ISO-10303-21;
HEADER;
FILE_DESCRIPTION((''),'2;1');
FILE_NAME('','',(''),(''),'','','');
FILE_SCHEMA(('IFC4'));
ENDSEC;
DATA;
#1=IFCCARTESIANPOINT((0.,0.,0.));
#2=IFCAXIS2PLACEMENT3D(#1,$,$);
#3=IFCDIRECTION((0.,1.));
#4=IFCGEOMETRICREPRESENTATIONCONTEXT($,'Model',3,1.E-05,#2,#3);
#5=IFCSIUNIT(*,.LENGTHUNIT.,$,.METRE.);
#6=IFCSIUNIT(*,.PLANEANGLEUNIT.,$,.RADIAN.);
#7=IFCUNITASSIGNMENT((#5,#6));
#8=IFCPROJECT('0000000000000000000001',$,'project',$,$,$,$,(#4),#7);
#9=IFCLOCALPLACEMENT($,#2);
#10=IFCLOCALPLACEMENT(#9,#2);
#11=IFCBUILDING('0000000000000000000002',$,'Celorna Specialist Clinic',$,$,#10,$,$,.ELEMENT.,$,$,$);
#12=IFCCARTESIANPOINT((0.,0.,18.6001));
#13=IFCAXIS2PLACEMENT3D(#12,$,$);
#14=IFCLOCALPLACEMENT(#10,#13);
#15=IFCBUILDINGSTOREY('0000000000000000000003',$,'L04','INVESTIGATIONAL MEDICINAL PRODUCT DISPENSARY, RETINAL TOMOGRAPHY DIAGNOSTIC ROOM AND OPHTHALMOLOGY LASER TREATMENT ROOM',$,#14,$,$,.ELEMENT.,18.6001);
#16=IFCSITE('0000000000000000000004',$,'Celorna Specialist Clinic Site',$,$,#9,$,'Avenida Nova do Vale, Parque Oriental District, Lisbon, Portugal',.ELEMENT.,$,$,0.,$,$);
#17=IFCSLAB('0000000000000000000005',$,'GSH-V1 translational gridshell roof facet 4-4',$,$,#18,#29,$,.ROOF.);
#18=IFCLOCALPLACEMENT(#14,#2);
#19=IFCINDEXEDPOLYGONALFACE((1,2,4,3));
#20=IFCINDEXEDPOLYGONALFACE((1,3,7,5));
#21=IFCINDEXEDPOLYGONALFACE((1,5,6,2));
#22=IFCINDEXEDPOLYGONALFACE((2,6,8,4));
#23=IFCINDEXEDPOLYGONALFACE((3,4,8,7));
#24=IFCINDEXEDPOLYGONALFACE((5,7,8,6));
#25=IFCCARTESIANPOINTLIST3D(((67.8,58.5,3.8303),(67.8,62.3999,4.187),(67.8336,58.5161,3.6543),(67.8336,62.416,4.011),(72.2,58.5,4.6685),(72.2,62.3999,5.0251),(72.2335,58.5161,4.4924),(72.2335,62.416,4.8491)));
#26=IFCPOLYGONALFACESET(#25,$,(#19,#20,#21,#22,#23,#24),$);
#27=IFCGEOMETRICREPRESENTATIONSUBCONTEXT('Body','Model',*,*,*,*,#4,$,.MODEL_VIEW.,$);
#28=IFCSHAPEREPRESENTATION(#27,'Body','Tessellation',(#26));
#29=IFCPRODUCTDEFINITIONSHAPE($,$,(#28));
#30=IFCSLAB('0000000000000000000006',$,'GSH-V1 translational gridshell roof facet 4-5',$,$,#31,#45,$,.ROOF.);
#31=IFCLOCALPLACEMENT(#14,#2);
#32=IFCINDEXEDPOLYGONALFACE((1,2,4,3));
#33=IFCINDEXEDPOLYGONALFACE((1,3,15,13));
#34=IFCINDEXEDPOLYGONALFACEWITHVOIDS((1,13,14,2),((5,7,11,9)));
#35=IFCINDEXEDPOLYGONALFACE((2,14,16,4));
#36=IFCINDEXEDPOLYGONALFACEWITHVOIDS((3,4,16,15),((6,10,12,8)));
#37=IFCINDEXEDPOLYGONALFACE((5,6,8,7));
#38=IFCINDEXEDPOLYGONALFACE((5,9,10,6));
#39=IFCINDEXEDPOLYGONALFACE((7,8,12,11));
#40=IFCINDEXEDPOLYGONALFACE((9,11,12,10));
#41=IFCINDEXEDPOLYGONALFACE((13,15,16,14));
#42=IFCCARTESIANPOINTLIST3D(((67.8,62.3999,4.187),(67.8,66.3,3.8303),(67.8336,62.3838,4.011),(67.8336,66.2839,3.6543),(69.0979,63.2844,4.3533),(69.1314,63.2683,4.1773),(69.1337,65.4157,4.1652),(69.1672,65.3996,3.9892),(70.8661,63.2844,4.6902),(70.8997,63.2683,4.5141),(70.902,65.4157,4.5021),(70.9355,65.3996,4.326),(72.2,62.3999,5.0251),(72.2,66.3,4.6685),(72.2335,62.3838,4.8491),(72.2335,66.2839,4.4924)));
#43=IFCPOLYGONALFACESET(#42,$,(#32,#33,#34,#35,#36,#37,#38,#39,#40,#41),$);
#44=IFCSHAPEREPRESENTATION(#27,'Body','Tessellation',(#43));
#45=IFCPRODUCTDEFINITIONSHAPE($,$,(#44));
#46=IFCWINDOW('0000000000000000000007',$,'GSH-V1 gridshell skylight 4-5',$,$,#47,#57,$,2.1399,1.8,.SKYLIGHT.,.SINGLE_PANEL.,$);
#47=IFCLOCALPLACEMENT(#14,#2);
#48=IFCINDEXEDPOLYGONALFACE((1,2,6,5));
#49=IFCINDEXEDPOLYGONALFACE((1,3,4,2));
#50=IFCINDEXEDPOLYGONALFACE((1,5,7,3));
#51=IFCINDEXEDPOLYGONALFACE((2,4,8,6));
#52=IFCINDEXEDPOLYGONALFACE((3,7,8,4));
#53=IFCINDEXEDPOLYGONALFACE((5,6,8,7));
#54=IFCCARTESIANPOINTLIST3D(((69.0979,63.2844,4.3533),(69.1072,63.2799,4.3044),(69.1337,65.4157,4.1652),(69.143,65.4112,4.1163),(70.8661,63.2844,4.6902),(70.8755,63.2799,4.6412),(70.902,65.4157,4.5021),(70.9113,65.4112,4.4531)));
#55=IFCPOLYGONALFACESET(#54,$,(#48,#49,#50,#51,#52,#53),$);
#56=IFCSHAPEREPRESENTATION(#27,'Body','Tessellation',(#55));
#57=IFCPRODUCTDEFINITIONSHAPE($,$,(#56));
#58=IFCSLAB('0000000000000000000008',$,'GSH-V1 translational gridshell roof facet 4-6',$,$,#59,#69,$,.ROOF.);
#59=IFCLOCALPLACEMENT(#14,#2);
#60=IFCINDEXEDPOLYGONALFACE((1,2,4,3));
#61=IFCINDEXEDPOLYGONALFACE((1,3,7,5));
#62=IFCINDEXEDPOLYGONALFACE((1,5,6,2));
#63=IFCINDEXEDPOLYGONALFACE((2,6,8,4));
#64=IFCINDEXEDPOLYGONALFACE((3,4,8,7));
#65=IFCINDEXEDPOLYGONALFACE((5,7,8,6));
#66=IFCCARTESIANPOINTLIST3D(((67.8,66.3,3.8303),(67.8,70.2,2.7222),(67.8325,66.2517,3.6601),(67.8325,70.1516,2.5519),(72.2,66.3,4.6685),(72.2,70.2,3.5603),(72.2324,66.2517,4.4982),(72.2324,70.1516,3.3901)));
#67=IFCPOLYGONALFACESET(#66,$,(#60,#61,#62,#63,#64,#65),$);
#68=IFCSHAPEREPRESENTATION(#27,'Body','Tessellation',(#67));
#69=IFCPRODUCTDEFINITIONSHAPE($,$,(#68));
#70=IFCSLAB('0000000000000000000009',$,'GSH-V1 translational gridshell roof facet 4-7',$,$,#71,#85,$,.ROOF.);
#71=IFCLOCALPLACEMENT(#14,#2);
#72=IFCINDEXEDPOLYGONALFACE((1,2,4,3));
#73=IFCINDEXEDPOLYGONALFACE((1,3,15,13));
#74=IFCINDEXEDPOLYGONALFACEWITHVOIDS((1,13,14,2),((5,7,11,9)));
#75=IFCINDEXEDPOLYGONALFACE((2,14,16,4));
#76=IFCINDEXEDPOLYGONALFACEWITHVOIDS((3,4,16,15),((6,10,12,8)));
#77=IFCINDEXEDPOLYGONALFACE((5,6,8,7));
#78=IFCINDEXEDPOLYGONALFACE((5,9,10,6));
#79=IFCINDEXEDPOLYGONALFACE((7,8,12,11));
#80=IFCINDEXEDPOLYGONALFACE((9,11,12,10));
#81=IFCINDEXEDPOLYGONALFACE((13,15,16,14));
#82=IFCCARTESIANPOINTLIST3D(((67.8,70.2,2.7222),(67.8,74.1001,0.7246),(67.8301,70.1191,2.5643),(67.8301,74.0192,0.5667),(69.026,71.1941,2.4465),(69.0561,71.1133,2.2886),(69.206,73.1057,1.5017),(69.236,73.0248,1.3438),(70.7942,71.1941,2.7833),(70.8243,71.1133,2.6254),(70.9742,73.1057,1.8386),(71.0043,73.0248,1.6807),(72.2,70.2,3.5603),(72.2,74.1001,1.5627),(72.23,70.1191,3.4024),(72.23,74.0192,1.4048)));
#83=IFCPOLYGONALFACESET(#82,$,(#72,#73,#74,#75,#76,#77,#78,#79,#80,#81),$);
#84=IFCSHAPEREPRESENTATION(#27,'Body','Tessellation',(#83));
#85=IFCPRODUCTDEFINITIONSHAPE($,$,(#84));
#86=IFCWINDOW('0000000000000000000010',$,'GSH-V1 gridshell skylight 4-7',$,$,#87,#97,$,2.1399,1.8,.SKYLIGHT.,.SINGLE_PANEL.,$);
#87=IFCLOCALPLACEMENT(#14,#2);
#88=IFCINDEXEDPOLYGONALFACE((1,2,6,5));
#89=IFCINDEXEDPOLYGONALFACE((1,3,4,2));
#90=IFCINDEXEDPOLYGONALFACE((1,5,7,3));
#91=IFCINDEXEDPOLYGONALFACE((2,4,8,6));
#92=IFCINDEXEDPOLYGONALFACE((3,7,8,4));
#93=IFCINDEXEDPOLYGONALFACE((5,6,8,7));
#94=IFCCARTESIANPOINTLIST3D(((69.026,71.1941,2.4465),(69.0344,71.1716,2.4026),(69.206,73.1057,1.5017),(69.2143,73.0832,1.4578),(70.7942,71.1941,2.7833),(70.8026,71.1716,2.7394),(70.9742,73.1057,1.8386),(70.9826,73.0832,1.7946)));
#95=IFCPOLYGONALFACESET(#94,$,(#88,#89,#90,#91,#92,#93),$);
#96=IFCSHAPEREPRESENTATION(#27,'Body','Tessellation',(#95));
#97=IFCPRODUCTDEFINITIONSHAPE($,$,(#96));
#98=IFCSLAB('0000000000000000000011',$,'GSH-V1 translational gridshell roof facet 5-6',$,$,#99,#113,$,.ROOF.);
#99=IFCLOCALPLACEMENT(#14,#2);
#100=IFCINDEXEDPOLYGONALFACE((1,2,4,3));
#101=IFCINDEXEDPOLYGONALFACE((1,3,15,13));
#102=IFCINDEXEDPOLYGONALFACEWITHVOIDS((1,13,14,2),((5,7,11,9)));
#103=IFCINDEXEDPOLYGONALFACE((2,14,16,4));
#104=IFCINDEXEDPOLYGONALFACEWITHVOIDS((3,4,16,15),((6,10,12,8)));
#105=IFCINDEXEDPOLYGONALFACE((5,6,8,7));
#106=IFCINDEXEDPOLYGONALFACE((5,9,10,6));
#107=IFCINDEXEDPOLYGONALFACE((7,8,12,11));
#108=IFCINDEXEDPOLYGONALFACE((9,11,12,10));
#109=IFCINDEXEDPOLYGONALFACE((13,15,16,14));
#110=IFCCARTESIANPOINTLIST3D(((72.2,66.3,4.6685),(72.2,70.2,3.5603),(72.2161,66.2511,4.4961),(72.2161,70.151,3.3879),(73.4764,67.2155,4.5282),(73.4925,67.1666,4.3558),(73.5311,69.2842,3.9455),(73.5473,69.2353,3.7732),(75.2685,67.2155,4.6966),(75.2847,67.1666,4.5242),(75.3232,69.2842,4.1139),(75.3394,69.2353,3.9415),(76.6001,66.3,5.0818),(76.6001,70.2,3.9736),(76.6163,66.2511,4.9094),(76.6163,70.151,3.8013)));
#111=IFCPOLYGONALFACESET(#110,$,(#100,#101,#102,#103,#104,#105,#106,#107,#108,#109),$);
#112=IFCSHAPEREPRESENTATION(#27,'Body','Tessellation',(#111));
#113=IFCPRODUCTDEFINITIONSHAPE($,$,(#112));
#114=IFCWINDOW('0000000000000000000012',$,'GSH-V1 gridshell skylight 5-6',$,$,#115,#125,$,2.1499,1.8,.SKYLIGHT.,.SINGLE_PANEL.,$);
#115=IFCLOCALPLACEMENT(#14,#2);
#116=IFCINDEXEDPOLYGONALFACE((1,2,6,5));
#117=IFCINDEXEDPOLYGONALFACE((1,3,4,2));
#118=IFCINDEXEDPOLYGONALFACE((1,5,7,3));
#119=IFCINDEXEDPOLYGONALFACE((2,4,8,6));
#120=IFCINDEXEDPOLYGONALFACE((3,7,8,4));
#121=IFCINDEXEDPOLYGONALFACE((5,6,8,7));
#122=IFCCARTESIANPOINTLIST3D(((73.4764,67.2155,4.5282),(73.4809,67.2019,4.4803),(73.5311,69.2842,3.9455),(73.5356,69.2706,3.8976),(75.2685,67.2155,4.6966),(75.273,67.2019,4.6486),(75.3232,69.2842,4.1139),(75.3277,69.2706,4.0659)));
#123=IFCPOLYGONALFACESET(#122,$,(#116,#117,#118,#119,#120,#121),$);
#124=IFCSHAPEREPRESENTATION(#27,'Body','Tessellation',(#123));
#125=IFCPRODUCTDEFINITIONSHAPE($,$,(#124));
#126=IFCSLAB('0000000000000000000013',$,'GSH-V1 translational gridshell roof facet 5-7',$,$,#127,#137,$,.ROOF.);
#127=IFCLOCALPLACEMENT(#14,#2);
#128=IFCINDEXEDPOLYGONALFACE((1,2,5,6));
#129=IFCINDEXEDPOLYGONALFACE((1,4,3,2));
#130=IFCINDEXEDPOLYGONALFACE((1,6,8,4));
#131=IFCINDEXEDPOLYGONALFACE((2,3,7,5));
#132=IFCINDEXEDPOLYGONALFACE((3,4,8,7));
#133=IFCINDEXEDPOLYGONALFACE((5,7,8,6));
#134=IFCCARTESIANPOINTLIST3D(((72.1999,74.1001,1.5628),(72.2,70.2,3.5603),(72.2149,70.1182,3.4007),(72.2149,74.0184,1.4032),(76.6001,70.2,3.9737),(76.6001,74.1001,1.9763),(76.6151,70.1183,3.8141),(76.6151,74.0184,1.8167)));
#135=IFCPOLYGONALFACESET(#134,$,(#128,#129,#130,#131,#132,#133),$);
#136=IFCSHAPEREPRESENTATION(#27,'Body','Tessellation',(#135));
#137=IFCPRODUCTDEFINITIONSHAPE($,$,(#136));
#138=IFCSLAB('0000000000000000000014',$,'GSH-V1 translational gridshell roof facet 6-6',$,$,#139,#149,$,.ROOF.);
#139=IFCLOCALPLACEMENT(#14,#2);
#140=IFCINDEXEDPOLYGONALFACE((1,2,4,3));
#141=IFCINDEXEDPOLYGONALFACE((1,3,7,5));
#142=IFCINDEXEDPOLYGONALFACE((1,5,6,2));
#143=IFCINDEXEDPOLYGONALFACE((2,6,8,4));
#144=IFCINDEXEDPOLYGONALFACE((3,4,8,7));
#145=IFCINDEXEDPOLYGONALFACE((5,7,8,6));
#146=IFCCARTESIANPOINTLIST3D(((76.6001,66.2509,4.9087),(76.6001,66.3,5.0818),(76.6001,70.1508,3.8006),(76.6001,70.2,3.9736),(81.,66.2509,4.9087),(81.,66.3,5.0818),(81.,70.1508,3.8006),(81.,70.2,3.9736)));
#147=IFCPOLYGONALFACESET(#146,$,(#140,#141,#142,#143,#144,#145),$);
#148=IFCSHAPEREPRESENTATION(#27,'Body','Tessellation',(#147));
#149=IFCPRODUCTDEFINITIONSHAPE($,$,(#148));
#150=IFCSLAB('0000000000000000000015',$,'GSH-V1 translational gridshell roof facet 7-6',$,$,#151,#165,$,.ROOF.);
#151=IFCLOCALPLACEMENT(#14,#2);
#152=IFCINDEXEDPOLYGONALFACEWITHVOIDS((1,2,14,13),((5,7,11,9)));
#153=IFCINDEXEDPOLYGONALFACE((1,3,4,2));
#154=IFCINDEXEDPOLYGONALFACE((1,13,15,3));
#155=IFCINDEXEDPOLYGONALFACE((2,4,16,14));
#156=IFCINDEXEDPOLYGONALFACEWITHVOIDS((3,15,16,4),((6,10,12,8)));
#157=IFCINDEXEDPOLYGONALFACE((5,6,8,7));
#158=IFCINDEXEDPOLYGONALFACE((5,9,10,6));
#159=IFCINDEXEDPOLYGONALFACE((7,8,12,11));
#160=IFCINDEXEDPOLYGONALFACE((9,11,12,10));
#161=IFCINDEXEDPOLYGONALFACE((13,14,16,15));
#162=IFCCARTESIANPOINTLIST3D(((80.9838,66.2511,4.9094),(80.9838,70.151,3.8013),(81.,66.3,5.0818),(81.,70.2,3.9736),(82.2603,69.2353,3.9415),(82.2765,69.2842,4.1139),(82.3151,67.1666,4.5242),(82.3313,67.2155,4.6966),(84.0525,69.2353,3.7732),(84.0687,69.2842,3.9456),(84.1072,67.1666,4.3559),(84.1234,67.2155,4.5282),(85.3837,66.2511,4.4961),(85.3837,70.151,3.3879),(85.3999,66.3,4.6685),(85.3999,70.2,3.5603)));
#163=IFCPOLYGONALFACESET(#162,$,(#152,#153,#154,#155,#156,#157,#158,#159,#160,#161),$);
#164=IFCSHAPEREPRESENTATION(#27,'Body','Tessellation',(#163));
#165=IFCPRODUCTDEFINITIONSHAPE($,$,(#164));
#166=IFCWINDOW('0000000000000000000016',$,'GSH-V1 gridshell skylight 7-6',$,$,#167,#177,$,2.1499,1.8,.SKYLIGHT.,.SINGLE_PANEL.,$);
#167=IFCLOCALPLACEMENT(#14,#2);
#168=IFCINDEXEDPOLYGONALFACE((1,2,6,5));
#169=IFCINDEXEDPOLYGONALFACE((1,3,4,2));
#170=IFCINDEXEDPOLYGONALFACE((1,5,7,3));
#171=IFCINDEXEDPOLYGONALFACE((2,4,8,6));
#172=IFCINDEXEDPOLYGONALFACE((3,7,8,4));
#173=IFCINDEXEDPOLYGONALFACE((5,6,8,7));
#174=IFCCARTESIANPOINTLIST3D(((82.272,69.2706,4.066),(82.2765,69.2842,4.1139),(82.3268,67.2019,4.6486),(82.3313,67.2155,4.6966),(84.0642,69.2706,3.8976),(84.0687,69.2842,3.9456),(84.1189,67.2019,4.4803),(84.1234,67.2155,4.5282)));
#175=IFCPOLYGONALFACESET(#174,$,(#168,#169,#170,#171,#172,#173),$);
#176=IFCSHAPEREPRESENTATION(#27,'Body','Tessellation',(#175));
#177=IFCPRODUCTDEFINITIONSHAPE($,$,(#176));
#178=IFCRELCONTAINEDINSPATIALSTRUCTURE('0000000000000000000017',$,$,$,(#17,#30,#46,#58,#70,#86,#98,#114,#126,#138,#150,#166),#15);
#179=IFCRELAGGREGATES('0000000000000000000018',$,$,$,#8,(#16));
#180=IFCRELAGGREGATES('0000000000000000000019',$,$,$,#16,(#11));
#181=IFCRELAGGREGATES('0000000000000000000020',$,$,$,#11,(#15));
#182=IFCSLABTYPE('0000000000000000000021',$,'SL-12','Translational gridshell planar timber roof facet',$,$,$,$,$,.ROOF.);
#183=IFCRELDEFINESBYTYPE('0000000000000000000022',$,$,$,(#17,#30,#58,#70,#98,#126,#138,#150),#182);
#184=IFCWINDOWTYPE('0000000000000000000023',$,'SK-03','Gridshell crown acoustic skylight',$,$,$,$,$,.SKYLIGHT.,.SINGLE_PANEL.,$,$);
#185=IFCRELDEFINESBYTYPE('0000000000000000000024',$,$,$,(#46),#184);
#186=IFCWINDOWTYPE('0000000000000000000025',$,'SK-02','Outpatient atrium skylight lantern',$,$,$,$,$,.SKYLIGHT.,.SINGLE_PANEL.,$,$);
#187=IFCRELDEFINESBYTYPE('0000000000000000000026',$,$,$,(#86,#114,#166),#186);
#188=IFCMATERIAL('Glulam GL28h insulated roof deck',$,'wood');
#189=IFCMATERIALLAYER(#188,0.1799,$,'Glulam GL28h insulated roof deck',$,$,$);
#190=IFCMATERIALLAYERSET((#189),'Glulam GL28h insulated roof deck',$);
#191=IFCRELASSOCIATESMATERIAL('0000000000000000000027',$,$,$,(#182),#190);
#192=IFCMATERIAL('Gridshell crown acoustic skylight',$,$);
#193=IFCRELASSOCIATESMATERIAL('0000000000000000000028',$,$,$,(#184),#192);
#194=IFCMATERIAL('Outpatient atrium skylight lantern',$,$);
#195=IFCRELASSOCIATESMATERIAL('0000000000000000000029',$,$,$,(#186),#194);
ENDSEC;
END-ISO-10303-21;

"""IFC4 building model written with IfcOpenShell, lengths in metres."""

from ifc_helpers import new_model, si_unit, direction, frame, origin, origin_2d, place, context, subcontext, project, spatial, polyline, rectangle, outline, extrude, material, layer, layer_set, type_object, element, fill, save


model = new_model("IFC4")

# Units and contexts
model_context = context("Model", 3, precision=1e-05, world=origin(), true_north=direction((0.0, 1.0)))
body_context = subcontext(model_context, "Body", "Model", "MODEL_VIEW")
ifc_project = project(units=[si_unit("LENGTHUNIT", "METRE"), si_unit("PLANEANGLEUNIT", "RADIAN")], contexts=[model_context])

# Site, building, storey
site_placement = place(None, origin())
site = spatial("IfcSite", under=ifc_project, at=site_placement, Name="Celorna Specialist Clinic Site", LongName="Avenida Nova do Vale, Parque Oriental District, Lisbon, Portugal", CompositionType="ELEMENT", RefElevation=0.0)
building_placement = place(site_placement, origin())
building = spatial("IfcBuilding", under=site, at=building_placement, Name="Celorna Specialist Clinic", CompositionType="ELEMENT")
storey_placement = place(building_placement, frame((0.0, 0.0, 18.6001)))
storey = spatial("IfcBuildingStorey", under=building, at=storey_placement, Name="L04", Description="INVESTIGATIONAL MEDICINAL PRODUCT DISPENSARY, RETINAL TOMOGRAPHY DIAGNOSTIC ROOM AND OPHTHALMOLOGY LASER TREATMENT ROOM", CompositionType="ELEMENT", Elevation=18.6001)

# Slab
ifc_material_1 = material(Name="Glulam GL28h insulated roof deck", Category="wood")
ifc_layer_1 = layer(ifc_material_1, 0.1799, Name="Glulam GL28h insulated roof deck")
ifc_layer_set_1 = layer_set([ifc_layer_1], Name="Glulam GL28h insulated roof deck")
slab_type = type_object("IfcSlabType", Name="SL-12", Description="Translational gridshell planar timber roof facet", PredefinedType="ROOF", material=ifc_layer_set_1)
slab_1_placement = place(storey_placement, frame((67.8, 58.5, 3.8303), z_axis=(-0.186374, -0.089485, 0.978395), x_axis=(0.982336, 0.0, 0.187125)))
element("IfcSlab", 1, at=slab_1_placement, inside=storey, type_object=slab_type, Name="GSH-V1 translational gridshell roof facet 4-4", PredefinedType="ROOF", context=body_context, shape_type="SweptSolid", body=[
    extrude(outline(polyline([(0.0, 0.0), (4.479, 0.0), (4.5458, 3.9156), (0.0667, 3.9156), (0.0, 0.0)])), origin(), (0.0, 0.0, -1.0), 0.1799),
])

# Slab, opening, window
slab_2_placement = place(storey_placement, frame((67.8, 62.3999, 4.187), z_axis=(-0.186374, 0.08948, 0.978396), x_axis=(0.982336, 0.0, 0.187125)))
slab_2 = element("IfcSlab", 2, at=slab_2_placement, inside=storey, type_object=slab_type, Name="GSH-V1 translational gridshell roof facet 4-5", PredefinedType="ROOF", context=body_context, shape_type="SweptSolid", body=[
    extrude(outline(polyline([(0.0, 0.0), (4.479, 0.0), (4.4123, 3.9159), (-0.0667, 3.9159), (0.0, 0.0)])), origin(), (0.0, 0.0, -1.0), 0.1799),
])
opening_1_placement = place(slab_2_placement, frame((2.2061, 1.958, 0.01)))
opening_1 = element("IfcOpeningElement", 3, at=opening_1_placement, cuts=slab_2, PredefinedType="OPENING", context=body_context, shape_type="SweptSolid", body=[
    extrude(rectangle(XDim=1.8, YDim=2.1399, at=origin_2d()), origin(), (0.0, 0.0, -1.0), 0.2),
])
ifc_material_2 = material(Name="Gridshell crown acoustic skylight")
window_type_1 = type_object("IfcWindowType", Name="SK-03", Description="Gridshell crown acoustic skylight", PartitioningType="SINGLE_PANEL", PredefinedType="SKYLIGHT", material=ifc_material_2)
window_1_placement = place(opening_1_placement, frame((0.0, 0.0, -0.01)))
window_1 = element("IfcWindow", 4, at=window_1_placement, inside=storey, type_object=window_type_1, Name="GSH-V1 gridshell skylight 4-5", OverallHeight=2.1399, OverallWidth=1.8, PartitioningType="SINGLE_PANEL", PredefinedType="SKYLIGHT", context=body_context, shape_type="SweptSolid", body=[
    extrude(rectangle(XDim=1.8, YDim=2.1399, at=origin_2d()), origin(), (0.0, 0.0, -1.0), 0.05),
])
fill(opening_1, window_1)

# Slab
slab_3_placement = place(storey_placement, frame((67.8, 66.3, 3.8303), z_axis=(-0.180235, 0.268853, 0.946168), x_axis=(0.982336, 0.0, 0.187125)))
element("IfcSlab", 5, at=slab_3_placement, inside=storey, type_object=slab_type, Name="GSH-V1 translational gridshell roof facet 4-6", PredefinedType="ROOF", context=body_context, shape_type="SweptSolid", body=[
    extrude(outline(polyline([(0.0, 0.0), (4.479, 0.0), (4.2717, 4.049), (-0.2074, 4.049), (0.0, 0.0)])), origin(), (0.0, 0.0, -1.0), 0.1799),
])

# Slabs, openings, windows
slab_4_placement = place(storey_placement, frame((67.8, 70.2, 2.7222), z_axis=(-0.16716, 0.449448, 0.877527), x_axis=(0.982336, 0.0, 0.187125)))
slab_4 = element("IfcSlab", 6, at=slab_4_placement, inside=storey, type_object=slab_type, Name="GSH-V1 translational gridshell roof facet 4-7", PredefinedType="ROOF", context=body_context, shape_type="SweptSolid", body=[
    extrude(outline(polyline([(0.0, 0.0), (4.479, 0.0), (4.1052, 4.366), (-0.3738, 4.366), (0.0, 0.0)])), origin(), (0.0, 0.0, -1.0), 0.1799),
])
opening_2_placement = place(slab_4_placement, frame((2.0527, 2.1829, 0.01)))
opening_2 = element("IfcOpeningElement", 7, at=opening_2_placement, cuts=slab_4, PredefinedType="OPENING", context=body_context, shape_type="SweptSolid", body=[
    extrude(rectangle(XDim=1.8, YDim=2.1399, at=origin_2d()), origin(), (0.0, 0.0, -1.0), 0.2),
])
ifc_material_3 = material(Name="Outpatient atrium skylight lantern")
window_type_2 = type_object("IfcWindowType", Name="SK-02", Description="Outpatient atrium skylight lantern", PartitioningType="SINGLE_PANEL", PredefinedType="SKYLIGHT", material=ifc_material_3)
window_2_placement = place(opening_2_placement, frame((0.0, 0.0, -0.01)))
window_2 = element("IfcWindow", 8, at=window_2_placement, inside=storey, type_object=window_type_2, Name="GSH-V1 gridshell skylight 4-7", OverallHeight=2.1399, OverallWidth=1.8, PartitioningType="SINGLE_PANEL", PredefinedType="SKYLIGHT", context=body_context, shape_type="SweptSolid", body=[
    extrude(rectangle(XDim=1.8, YDim=2.1399, at=origin_2d()), origin(), (0.0, 0.0, -1.0), 0.05),
])
fill(opening_2, window_2)
slab_5_placement = place(storey_placement, frame((72.2, 66.3, 4.6685), z_axis=(-0.089992, 0.27222, 0.958018), x_axis=(0.995617, 0.0, 0.093524)))
slab_5 = element("IfcSlab", 9, at=slab_5_placement, inside=storey, type_object=slab_type, Name="GSH-V1 translational gridshell roof facet 5-6", PredefinedType="ROOF", context=body_context, shape_type="SweptSolid", body=[
    extrude(outline(polyline([(0.0, 0.0), (4.4195, 0.0), (4.3159, 4.053), (-0.1036, 4.053), (0.0, 0.0)])), origin(), (0.0, 0.0, -1.0), 0.1799),
])
opening_3_placement = place(slab_5_placement, frame((2.1577, 2.0264, 0.01)))
opening_3 = element("IfcOpeningElement", 10, at=opening_3_placement, cuts=slab_5, PredefinedType="OPENING", context=body_context, shape_type="SweptSolid", body=[
    extrude(rectangle(XDim=1.8, YDim=2.1499, at=origin_2d()), origin(), (0.0, 0.0, -1.0), 0.2),
])
window_3_placement = place(opening_3_placement, frame((0.0, 0.0, -0.01)))
window_3 = element("IfcWindow", 11, at=window_3_placement, inside=storey, type_object=window_type_2, Name="GSH-V1 gridshell skylight 5-6", OverallHeight=2.1499, OverallWidth=1.8, PartitioningType="SINGLE_PANEL", PredefinedType="SKYLIGHT", context=body_context, shape_type="SweptSolid", body=[
    extrude(rectangle(XDim=1.8, YDim=2.1499, at=origin_2d()), origin(), (0.0, 0.0, -1.0), 0.05),
])
fill(opening_3, window_3)

# Slabs
slab_6_placement = place(storey_placement, frame((72.2, 70.2, 3.5603), z_axis=(-0.083342, 0.454254, 0.886965), x_axis=(0.995615, 0.000011, 0.093546)))
element("IfcSlab", 12, at=slab_6_placement, inside=storey, type_object=slab_type, Name="GSH-V1 translational gridshell roof facet 5-7", PredefinedType="ROOF", context=body_context, shape_type="SweptSolid", body=[
    extrude(outline(polyline([(0.0, 0.0), (4.4195, 0.0), (4.2327, 4.3778), (-0.1868, 4.378), (0.0, 0.0)])), origin(), (0.0, 0.0, -1.0), 0.1799),
])
slab_7_placement = place(storey_placement, frame((76.6001, 66.3, 5.0818), z_axis=(0.0, 0.273329, 0.961921), x_axis=(1.0, 0.0, 0.0)))
element("IfcSlab", 13, at=slab_7_placement, inside=storey, type_object=slab_type, Name="GSH-V1 translational gridshell roof facet 6-6", PredefinedType="ROOF", context=body_context, shape_type="SweptSolid", body=[
    extrude(outline(polyline([(0.0, 0.0), (4.3999, 0.0), (4.3999, 4.0543), (0.0, 4.0543), (0.0, 0.0)])), origin(), (0.0, 0.0, -1.0), 0.1799),
])

# Slab, opening, window
slab_8_placement = place(storey_placement, frame((81.0, 66.3, 5.0818), z_axis=(0.089997, 0.27222, 0.958017), x_axis=(0.995617, 0.0, -0.093529)))
slab_8 = element("IfcSlab", 14, at=slab_8_placement, inside=storey, type_object=slab_type, Name="GSH-V1 translational gridshell roof facet 7-6", PredefinedType="ROOF", context=body_context, shape_type="SweptSolid", body=[
    extrude(outline(polyline([(0.0, 0.0), (4.4193, 0.0), (4.5229, 4.053), (0.1036, 4.053), (0.0, 0.0)])), origin(), (0.0, 0.0, -1.0), 0.1799),
])
opening_4_placement = place(slab_8_placement, frame((2.2615, 2.0264, 0.01)))
opening_4 = element("IfcOpeningElement", 15, at=opening_4_placement, cuts=slab_8, PredefinedType="OPENING", context=body_context, shape_type="SweptSolid", body=[
    extrude(rectangle(XDim=1.8, YDim=2.1499, at=origin_2d()), origin(), (0.0, 0.0, -1.0), 0.2),
])
window_4_placement = place(opening_4_placement, frame((0.0, 0.0, -0.01)))
window_4 = element("IfcWindow", 16, at=window_4_placement, inside=storey, type_object=window_type_2, Name="GSH-V1 gridshell skylight 7-6", OverallHeight=2.1499, OverallWidth=1.8, PartitioningType="SINGLE_PANEL", PredefinedType="SKYLIGHT", context=body_context, shape_type="SweptSolid", body=[
    extrude(rectangle(XDim=1.8, YDim=2.1499, at=origin_2d()), origin(), (0.0, 0.0, -1.0), 0.05),
])
fill(opening_4, window_4)

save(model, "model.ifc")
